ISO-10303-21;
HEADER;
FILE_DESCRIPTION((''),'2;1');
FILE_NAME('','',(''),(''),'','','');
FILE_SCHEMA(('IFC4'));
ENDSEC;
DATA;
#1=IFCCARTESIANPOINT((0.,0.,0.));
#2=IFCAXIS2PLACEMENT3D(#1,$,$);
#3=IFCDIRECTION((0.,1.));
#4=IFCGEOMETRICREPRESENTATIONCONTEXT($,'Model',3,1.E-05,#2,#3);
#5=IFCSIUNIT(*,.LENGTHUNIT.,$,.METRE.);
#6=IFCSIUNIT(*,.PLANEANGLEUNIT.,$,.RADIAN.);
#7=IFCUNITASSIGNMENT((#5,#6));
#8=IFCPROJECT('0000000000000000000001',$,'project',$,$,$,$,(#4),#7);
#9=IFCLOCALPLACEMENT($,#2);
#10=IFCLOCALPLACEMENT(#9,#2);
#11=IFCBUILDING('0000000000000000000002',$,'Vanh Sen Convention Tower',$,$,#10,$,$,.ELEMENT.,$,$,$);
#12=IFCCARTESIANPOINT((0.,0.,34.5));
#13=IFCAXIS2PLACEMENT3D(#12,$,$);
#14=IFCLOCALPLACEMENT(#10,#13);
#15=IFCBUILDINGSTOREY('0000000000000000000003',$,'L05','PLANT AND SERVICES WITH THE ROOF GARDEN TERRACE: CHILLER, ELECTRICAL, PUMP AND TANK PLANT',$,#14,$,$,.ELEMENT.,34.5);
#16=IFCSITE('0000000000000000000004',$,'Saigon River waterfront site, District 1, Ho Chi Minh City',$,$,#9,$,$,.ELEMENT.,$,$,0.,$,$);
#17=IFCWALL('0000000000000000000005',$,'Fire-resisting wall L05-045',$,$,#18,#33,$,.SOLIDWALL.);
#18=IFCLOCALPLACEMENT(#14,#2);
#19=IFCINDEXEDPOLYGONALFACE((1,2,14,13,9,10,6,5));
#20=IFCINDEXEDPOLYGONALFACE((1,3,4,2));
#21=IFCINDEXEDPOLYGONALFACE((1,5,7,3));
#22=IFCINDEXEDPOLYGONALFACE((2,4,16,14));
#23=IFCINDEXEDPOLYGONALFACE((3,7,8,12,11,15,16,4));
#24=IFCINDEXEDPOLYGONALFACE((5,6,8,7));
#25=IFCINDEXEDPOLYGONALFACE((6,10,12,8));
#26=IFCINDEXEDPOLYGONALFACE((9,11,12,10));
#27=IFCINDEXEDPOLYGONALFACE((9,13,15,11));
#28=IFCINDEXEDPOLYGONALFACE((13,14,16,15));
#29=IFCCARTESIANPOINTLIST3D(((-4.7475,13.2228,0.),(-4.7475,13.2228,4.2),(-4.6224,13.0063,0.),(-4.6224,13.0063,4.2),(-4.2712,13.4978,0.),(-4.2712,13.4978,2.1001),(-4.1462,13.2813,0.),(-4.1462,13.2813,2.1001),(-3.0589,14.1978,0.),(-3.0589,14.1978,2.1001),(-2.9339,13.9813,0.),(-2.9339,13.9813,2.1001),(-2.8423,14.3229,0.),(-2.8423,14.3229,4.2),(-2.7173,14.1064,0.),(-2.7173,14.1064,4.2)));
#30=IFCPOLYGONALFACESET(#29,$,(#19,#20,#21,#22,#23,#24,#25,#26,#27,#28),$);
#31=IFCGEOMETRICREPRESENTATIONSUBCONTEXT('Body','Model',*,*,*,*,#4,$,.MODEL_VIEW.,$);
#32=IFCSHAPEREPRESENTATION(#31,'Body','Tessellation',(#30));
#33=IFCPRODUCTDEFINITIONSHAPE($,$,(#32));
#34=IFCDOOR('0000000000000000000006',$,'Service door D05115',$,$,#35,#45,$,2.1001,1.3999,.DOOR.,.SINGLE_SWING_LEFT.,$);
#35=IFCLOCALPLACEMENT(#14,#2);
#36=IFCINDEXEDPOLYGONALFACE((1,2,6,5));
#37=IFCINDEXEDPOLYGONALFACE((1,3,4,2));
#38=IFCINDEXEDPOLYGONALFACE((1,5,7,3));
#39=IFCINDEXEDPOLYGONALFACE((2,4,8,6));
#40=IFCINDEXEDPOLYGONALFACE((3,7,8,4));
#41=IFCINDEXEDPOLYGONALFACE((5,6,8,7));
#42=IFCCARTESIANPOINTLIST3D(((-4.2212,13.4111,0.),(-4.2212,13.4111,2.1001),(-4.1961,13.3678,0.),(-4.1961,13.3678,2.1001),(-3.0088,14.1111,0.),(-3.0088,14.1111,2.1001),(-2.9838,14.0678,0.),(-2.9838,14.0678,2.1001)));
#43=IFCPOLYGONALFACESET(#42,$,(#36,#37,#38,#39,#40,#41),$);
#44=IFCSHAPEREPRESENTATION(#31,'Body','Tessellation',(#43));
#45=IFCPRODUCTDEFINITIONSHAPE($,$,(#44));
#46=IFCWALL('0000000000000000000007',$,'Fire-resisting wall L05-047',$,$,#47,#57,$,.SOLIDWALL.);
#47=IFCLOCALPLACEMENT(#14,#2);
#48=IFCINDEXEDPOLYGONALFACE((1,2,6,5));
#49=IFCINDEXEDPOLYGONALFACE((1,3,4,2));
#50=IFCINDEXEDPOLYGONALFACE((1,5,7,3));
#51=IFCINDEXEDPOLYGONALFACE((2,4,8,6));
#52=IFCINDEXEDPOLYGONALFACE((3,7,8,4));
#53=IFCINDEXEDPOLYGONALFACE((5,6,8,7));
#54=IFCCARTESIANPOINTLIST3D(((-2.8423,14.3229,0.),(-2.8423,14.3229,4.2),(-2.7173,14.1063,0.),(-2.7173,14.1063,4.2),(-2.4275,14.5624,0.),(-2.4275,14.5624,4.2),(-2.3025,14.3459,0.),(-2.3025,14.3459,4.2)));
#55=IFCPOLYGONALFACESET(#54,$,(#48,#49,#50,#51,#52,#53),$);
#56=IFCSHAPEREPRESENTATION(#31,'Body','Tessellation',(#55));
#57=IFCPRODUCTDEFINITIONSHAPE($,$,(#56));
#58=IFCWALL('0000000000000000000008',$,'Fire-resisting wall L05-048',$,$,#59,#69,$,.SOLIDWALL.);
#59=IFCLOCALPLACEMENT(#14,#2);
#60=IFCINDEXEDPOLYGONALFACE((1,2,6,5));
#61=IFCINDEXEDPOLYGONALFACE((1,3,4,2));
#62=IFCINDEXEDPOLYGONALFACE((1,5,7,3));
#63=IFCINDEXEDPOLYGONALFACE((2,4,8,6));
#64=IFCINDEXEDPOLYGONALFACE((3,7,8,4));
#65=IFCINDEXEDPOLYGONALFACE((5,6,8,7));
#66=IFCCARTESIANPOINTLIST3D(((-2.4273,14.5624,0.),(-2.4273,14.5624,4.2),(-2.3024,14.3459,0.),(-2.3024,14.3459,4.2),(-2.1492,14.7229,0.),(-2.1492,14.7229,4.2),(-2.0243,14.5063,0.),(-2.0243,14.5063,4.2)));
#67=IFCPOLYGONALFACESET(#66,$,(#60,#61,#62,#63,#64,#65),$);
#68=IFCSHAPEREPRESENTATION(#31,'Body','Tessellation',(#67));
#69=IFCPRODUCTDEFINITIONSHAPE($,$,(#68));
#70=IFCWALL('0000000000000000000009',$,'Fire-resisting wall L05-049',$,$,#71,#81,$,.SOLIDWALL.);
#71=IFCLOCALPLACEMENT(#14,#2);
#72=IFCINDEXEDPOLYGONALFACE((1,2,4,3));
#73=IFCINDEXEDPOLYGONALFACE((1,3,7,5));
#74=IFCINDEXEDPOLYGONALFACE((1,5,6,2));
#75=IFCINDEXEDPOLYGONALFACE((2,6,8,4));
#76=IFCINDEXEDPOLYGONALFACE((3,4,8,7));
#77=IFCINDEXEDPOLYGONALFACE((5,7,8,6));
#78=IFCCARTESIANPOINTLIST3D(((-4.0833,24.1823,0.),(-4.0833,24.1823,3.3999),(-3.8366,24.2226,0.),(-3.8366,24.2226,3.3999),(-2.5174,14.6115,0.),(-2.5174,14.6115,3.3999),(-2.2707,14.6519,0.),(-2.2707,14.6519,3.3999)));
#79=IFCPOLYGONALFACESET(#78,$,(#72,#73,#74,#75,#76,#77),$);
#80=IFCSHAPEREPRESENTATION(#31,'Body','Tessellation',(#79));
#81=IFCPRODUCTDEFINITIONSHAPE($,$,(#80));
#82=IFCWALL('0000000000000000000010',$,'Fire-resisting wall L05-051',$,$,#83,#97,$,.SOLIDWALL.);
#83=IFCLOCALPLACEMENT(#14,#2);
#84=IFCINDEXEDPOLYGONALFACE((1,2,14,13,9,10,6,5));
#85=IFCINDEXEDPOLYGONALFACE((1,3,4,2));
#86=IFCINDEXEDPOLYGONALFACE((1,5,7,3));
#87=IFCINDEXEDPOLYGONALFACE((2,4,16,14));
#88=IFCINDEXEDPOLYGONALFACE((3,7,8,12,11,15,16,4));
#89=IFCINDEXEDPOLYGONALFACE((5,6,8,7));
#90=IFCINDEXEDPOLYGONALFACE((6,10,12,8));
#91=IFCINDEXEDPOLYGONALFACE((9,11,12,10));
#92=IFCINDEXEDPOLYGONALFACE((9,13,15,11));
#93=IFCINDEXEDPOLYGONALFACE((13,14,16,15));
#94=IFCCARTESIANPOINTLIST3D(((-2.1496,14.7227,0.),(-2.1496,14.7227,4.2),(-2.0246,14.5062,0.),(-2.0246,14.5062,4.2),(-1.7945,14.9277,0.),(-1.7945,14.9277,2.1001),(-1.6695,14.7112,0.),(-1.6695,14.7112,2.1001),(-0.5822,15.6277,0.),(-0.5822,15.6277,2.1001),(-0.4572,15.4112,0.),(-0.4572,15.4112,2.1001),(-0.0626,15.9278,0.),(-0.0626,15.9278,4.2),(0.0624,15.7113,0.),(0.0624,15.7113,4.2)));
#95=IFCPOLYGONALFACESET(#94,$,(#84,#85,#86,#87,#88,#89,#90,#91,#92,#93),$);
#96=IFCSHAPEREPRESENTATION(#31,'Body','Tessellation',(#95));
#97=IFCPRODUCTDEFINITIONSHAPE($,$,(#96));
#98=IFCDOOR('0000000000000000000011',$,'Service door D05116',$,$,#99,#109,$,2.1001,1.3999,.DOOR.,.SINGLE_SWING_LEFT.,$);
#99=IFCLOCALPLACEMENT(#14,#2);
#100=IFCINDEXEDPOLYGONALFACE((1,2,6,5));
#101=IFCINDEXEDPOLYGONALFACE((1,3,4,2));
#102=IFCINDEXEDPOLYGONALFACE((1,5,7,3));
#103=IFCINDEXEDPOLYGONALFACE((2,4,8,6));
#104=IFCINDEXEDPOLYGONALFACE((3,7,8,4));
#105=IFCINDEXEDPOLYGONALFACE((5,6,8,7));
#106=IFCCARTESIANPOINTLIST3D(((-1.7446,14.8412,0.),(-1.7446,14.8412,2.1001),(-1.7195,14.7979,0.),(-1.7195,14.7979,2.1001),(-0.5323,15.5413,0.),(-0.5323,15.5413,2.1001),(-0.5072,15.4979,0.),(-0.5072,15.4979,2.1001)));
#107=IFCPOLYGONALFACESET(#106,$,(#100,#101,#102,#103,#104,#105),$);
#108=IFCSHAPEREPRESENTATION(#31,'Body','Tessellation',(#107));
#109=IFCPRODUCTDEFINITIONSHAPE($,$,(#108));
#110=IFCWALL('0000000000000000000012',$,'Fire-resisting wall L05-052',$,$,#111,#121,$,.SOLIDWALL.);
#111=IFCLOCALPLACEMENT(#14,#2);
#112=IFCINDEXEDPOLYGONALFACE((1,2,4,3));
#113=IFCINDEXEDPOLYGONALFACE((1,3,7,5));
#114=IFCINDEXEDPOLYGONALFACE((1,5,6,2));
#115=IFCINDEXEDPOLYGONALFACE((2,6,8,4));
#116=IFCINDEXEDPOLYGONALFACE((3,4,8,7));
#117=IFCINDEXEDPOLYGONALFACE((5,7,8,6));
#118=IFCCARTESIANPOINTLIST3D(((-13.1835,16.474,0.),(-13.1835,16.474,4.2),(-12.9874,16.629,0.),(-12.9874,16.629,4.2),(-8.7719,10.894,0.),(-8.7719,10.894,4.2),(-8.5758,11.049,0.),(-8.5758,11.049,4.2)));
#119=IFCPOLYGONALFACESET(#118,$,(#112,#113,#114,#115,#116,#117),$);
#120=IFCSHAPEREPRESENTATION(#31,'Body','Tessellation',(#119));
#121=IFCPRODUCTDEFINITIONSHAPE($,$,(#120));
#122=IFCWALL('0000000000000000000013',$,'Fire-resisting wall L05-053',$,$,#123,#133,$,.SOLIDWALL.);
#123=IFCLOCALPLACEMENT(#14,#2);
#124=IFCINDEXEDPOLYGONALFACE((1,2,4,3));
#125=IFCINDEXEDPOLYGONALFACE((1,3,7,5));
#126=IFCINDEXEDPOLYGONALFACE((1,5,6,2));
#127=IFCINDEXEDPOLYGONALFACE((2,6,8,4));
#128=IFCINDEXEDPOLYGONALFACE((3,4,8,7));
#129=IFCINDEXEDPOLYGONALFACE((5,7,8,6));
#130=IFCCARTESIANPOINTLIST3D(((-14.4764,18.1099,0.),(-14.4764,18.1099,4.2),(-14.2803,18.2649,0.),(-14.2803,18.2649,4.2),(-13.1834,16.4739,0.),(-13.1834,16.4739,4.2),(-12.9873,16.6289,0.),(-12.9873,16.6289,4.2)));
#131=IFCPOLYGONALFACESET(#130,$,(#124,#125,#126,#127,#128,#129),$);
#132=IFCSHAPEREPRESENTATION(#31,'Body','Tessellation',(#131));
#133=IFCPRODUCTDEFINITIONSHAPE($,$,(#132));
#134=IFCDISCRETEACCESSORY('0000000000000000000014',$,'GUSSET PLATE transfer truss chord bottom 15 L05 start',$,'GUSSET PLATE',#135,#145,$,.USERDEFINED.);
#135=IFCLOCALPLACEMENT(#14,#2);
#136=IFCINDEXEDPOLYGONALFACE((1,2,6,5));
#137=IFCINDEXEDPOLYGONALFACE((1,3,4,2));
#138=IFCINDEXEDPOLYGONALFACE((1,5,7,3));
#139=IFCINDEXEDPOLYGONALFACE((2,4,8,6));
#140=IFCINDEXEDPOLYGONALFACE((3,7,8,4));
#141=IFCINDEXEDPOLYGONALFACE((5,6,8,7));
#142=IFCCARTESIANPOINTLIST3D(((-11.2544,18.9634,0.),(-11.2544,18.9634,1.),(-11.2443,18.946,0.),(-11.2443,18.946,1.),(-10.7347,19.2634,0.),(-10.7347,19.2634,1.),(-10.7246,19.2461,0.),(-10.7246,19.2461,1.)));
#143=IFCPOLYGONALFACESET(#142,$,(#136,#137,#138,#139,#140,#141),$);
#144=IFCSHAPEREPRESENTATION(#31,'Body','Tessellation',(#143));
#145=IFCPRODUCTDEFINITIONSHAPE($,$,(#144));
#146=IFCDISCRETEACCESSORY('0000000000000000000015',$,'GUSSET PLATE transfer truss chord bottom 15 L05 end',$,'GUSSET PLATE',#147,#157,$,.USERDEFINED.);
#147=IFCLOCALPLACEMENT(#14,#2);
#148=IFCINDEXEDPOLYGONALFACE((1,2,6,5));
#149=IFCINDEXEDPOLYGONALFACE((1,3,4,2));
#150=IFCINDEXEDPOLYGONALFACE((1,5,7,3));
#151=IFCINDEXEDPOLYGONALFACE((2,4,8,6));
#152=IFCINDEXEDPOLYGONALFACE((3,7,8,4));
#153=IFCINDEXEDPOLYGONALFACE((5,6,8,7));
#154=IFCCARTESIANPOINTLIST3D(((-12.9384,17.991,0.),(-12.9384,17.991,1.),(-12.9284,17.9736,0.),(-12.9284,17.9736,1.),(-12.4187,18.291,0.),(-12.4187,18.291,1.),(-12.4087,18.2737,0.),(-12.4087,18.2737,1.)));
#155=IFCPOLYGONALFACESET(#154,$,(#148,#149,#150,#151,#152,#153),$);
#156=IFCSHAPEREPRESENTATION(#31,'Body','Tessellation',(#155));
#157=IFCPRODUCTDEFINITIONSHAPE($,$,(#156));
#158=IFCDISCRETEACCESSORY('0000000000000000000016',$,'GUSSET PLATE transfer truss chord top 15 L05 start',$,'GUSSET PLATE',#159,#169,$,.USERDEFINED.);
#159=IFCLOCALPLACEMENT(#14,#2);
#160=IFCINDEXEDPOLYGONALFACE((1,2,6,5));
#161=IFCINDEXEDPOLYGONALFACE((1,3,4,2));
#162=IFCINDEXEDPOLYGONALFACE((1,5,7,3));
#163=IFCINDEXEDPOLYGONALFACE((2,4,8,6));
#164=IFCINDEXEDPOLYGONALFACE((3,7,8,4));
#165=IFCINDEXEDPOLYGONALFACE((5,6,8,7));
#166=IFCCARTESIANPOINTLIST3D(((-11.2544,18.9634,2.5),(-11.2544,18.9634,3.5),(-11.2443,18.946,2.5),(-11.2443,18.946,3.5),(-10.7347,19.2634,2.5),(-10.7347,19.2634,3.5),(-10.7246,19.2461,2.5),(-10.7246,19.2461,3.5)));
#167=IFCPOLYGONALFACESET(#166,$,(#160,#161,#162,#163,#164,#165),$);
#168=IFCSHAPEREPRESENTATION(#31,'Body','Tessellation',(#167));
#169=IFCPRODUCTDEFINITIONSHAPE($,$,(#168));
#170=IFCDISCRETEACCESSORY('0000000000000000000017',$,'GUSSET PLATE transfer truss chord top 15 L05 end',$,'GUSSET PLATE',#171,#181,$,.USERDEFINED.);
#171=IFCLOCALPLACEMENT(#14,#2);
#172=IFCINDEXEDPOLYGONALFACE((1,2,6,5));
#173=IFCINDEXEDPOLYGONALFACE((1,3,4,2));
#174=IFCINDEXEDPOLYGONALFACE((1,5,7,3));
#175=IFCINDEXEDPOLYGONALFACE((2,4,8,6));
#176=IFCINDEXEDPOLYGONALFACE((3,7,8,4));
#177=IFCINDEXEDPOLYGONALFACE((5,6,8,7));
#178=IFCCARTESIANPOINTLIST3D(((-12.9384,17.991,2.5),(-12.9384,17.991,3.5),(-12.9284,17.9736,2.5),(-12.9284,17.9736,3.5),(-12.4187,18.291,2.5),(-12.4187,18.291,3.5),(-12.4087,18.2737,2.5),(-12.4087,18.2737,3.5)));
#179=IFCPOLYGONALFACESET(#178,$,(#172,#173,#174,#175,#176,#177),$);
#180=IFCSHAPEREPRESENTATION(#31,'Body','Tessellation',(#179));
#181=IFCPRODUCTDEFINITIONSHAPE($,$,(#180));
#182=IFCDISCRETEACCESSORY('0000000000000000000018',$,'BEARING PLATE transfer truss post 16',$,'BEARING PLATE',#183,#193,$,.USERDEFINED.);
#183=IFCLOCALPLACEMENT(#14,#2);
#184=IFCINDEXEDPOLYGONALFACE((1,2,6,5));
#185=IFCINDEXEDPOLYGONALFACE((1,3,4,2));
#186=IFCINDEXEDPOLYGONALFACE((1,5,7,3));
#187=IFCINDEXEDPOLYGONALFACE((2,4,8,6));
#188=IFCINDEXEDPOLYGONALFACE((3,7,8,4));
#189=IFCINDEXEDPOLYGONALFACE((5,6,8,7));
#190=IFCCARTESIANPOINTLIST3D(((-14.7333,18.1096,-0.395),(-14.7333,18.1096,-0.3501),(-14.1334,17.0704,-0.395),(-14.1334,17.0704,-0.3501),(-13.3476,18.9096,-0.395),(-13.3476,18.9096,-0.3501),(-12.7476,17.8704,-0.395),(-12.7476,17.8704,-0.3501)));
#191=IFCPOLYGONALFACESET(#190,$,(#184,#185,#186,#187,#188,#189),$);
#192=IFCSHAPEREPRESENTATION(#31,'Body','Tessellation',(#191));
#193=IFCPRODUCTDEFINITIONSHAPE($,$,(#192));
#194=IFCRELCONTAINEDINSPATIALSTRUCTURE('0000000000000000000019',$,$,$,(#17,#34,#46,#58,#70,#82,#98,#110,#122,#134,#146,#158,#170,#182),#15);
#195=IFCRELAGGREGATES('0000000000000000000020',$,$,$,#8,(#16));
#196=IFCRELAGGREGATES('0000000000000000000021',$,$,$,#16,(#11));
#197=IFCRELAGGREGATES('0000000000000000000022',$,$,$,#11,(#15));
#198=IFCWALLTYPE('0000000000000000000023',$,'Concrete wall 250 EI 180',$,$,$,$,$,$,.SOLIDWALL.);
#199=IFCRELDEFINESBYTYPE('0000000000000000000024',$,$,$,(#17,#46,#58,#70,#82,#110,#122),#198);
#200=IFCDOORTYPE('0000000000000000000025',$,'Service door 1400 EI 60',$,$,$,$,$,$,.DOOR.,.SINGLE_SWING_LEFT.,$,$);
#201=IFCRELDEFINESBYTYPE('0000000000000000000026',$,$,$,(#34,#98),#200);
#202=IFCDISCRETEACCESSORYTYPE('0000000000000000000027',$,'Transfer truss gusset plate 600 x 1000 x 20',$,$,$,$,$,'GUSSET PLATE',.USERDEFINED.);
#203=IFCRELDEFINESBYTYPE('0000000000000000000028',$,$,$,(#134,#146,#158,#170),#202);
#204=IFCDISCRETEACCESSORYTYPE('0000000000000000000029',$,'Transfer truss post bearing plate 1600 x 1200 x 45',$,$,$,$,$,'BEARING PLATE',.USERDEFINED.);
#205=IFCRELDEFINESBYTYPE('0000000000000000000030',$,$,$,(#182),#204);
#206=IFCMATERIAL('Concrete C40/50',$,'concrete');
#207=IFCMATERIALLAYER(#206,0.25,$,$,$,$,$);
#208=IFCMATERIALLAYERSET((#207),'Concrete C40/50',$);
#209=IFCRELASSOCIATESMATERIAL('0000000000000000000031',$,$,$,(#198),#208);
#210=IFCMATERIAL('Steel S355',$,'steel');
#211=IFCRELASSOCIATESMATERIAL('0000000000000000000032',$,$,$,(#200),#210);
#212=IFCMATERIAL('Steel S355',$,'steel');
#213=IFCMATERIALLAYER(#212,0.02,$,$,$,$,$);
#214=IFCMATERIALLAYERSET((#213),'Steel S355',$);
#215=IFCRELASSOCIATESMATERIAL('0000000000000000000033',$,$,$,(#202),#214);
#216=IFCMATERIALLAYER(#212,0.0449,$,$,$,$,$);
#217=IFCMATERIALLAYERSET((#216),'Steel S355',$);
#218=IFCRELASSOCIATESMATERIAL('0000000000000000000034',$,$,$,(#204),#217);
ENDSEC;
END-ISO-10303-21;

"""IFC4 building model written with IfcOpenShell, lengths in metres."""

from ifc_helpers import new_model, si_unit, direction, frame, frame_2d, origin, origin_2d, place, context, subcontext, project, spatial, rectangle, extrude, material, layer, layer_set, type_object, element, fill, save


model = new_model("IFC4")

# Units and contexts
model_context = context("Model", 3, precision=1e-05, world=origin(), true_north=direction((0.0, 1.0)))
body_context = subcontext(model_context, "Body", "Model", "MODEL_VIEW")
ifc_project = project(units=[si_unit("LENGTHUNIT", "METRE"), si_unit("PLANEANGLEUNIT", "RADIAN")], contexts=[model_context])

# Site, building, storey
site_placement = place(None, origin())
site = spatial("IfcSite", under=ifc_project, at=site_placement, Name="Saigon River waterfront site, District 1, Ho Chi Minh City", CompositionType="ELEMENT", RefElevation=0.0)
building_placement = place(site_placement, origin())
building = spatial("IfcBuilding", under=site, at=building_placement, Name="Vanh Sen Convention Tower", CompositionType="ELEMENT")
storey_placement = place(building_placement, frame((0.0, 0.0, 34.5)))
storey = spatial("IfcBuildingStorey", under=building, at=storey_placement, Name="L05", Description="PLANT AND SERVICES WITH THE ROOF GARDEN TERRACE: CHILLER, ELECTRICAL, PUMP AND TANK PLANT", CompositionType="ELEMENT", Elevation=34.5)

# Shared definitions
ifc_material_1 = material(Name="Steel S355", Category="steel")

# Shared definitions
ifc_material_2 = material(Name="Concrete C40/50", Category="concrete")
ifc_layer_1 = layer(ifc_material_2, 0.25)
ifc_layer_set_1 = layer_set([ifc_layer_1], Name="Concrete C40/50")
wall_type = type_object("IfcWallType", Name="Concrete wall 250 EI 180", PredefinedType="SOLIDWALL", material=ifc_layer_set_1)

# Shared definitions
ifc_material_3 = material(Name="Steel S355", Category="steel")
door_type = type_object("IfcDoorType", Name="Service door 1400 EI 60", OperationType="SINGLE_SWING_LEFT", PredefinedType="DOOR", material=ifc_material_3)

# Wall, opening, door
wall_1_placement = place(storey_placement, frame((-4.6851, 13.1145, 0.0), z_axis=(0.0, 0.0, 1.0), x_axis=(0.866008, 0.50003, 0.0)))
wall_1 = element("IfcWall", 1, at=wall_1_placement, inside=storey, type_object=wall_type, Name="Fire-resisting wall L05-045", PredefinedType="SOLIDWALL", context=body_context, shape_type="SweptSolid", body=[
    extrude(rectangle(XDim=2.2, YDim=0.25, at=frame_2d((1.1001, 0.0))), origin(), (0.0, 0.0, 1.0), 4.2),
])
opening_1_placement = place(wall_1_placement, frame((0.55, 0.0, 0.0)))
opening_1 = element("IfcOpeningElement", 2, at=opening_1_placement, cuts=wall_1, PredefinedType="OPENING", context=body_context, shape_type="SweptSolid", body=[
    extrude(rectangle(XDim=1.3999, YDim=2.1001, at=frame_2d((0.7, 1.05))), frame((0.0, 0.135, 0.0), z_axis=(0.0, -1.0, 0.0), x_axis=(1.0, 0.0, 0.0)), (0.0, 0.0, 1.0), 0.27),
])
door_1_placement = place(opening_1_placement, origin())
door_1 = element("IfcDoor", 3, at=door_1_placement, inside=storey, type_object=door_type, Name="Service door D05115", OperationType="SINGLE_SWING_LEFT", OverallHeight=2.1001, OverallWidth=1.3999, PredefinedType="DOOR", context=body_context, shape_type="SweptSolid", body=[
    extrude(rectangle(XDim=1.3999, YDim=2.1001, at=frame_2d((0.7, 1.05))), frame((0.0, 0.0249, 0.0), z_axis=(0.0, -1.0, 0.0), x_axis=(1.0, 0.0, 0.0)), (0.0, 0.0, 1.0), 0.05),
])
fill(opening_1, door_1)

# Walls
wall_2_placement = place(storey_placement, frame((-2.7798, 14.2146, 0.0), z_axis=(0.0, 0.0, 1.0), x_axis=(0.866007, 0.500031, 0.0)))
element("IfcWall", 4, at=wall_2_placement, inside=storey, type_object=wall_type, Name="Fire-resisting wall L05-047", PredefinedType="SOLIDWALL", context=body_context, shape_type="SweptSolid", body=[
    extrude(rectangle(XDim=0.479, YDim=0.25, at=frame_2d((0.2395, 0.0))), origin(), (0.0, 0.0, 1.0), 4.2),
])
wall_3_placement = place(storey_placement, frame((-2.365, 14.4541, 0.0), z_axis=(0.0, 0.0, 1.0), x_axis=(0.866224, 0.499657, 0.0)))
element("IfcWall", 5, at=wall_3_placement, inside=storey, type_object=wall_type, Name="Fire-resisting wall L05-048", PredefinedType="SOLIDWALL", context=body_context, shape_type="SweptSolid", body=[
    extrude(rectangle(XDim=0.321, YDim=0.25, at=frame_2d((0.1606, 0.0))), origin(), (0.0, 0.0, 1.0), 4.2),
])
wall_4_placement = place(storey_placement, frame((-2.394, 14.6316, 0.0), z_axis=(0.0, 0.0, 1.0), x_axis=(-0.161467, 0.986878, 0.0)))
element("IfcWall", 6, at=wall_4_placement, inside=storey, type_object=wall_type, Name="Fire-resisting wall L05-049", PredefinedType="SOLIDWALL", context=body_context, shape_type="SweptSolid", body=[
    extrude(rectangle(XDim=9.698, YDim=0.25, at=frame_2d((4.8491, 0.0))), origin(), (0.0, 0.0, 1.0), 3.3999),
])

# Wall, opening, door
wall_5_placement = place(storey_placement, frame((0.0, 15.8196, 0.0), z_axis=(0.0, 0.0, 1.0), x_axis=(-0.86599, -0.500062, 0.0)))
wall_5 = element("IfcWall", 7, at=wall_5_placement, inside=storey, type_object=wall_type, Name="Fire-resisting wall L05-051", PredefinedType="SOLIDWALL", context=body_context, shape_type="SweptSolid", body=[
    extrude(rectangle(XDim=2.4099, YDim=0.25, at=frame_2d((1.2051, 0.0))), origin(), (0.0, 0.0, 1.0), 4.2),
])
opening_2_placement = place(wall_5_placement, frame((0.6001, 0.0, 0.0)))
opening_2 = element("IfcOpeningElement", 8, at=opening_2_placement, cuts=wall_5, PredefinedType="OPENING", context=body_context, shape_type="SweptSolid", body=[
    extrude(rectangle(XDim=1.3999, YDim=2.1001, at=frame_2d((0.7, 1.05))), frame((0.0, 0.135, 0.0), z_axis=(0.0, -1.0, 0.0), x_axis=(1.0, 0.0, 0.0)), (0.0, 0.0, 1.0), 0.27),
])
door_2_placement = place(opening_2_placement, origin())
door_2 = element("IfcDoor", 9, at=door_2_placement, inside=storey, type_object=door_type, Name="Service door D05116", OperationType="SINGLE_SWING_LEFT", OverallHeight=2.1001, OverallWidth=1.3999, PredefinedType="DOOR", context=body_context, shape_type="SweptSolid", body=[
    extrude(rectangle(XDim=1.3999, YDim=2.1001, at=frame_2d((0.7, 1.05))), frame((0.0, 0.0249, 0.0), z_axis=(0.0, -1.0, 0.0), x_axis=(1.0, 0.0, 0.0)), (0.0, 0.0, 1.0), 0.05),
])
fill(opening_2, door_2)

# Walls
wall_6_placement = place(storey_placement, frame((-13.0854, 16.5515, 0.0), z_axis=(0.0, 0.0, 1.0), x_axis=(0.620189, -0.784452, 0.0)))
element("IfcWall", 10, at=wall_6_placement, inside=storey, type_object=wall_type, Name="Fire-resisting wall L05-052", PredefinedType="SOLIDWALL", context=body_context, shape_type="SweptSolid", body=[
    extrude(rectangle(XDim=7.1133, YDim=0.25, at=frame_2d((3.5566, 0.0))), origin(), (0.0, 0.0, 1.0), 4.2),
])
wall_7_placement = place(storey_placement, frame((-13.0854, 16.5515, 0.0), z_axis=(0.0, 0.0, 1.0), x_axis=(-0.620058, 0.784556, 0.0)))
element("IfcWall", 11, at=wall_7_placement, inside=storey, type_object=wall_type, Name="Fire-resisting wall L05-053", PredefinedType="SOLIDWALL", context=body_context, shape_type="SweptSolid", body=[
    extrude(rectangle(XDim=2.0852, YDim=0.25, at=frame_2d((1.0425, 0.0))), origin(), (0.0, 0.0, 1.0), 4.2),
])

# Discrete accessories
ifc_layer_2 = layer(ifc_material_1, 0.02)
ifc_layer_set_2 = layer_set([ifc_layer_2], Name="Steel S355")
discrete_accessory_type_1 = type_object("IfcDiscreteAccessoryType", Name="Transfer truss gusset plate 600 x 1000 x 20", ElementType="GUSSET PLATE", PredefinedType="USERDEFINED", material=ifc_layer_set_2)
for number, where, z_axis, x_axis, name in (
    (12, (-10.9895, 19.1047, 0.0), (0.0, 0.0, 1.0), (-0.866028, -0.499995, 0.0), "GUSSET PLATE transfer truss chord bottom 15 L05 start"),
    (13, (-12.6736, 18.1323, 0.0), (0.0, 0.0, 1.0), (0.866028, 0.499995, 0.0), "GUSSET PLATE transfer truss chord bottom 15 L05 end"),
    (14, (-10.9895, 19.1047, 2.5), (0.0, 0.0, 1.0), (-0.866028, -0.499995, 0.0), "GUSSET PLATE transfer truss chord top 15 L05 start"),
    (15, (-12.6736, 18.1323, 2.5), (0.0, 0.0, 1.0), (0.866028, 0.499995, 0.0), "GUSSET PLATE transfer truss chord top 15 L05 end"),
):
    element("IfcDiscreteAccessory", number, at=place(storey_placement, frame(where, z_axis=z_axis, x_axis=x_axis)), inside=storey, type_object=discrete_accessory_type_1, Name=name, ObjectType="GUSSET PLATE", PredefinedType="USERDEFINED", context=body_context, shape_type="SweptSolid", body=[
        extrude(rectangle(XDim=0.6001, YDim=0.02, at=origin_2d()), origin(), (0.0, 0.0, 1.0), 1.0),
    ])
ifc_layer_3 = layer(ifc_material_1, 0.0449)
ifc_layer_set_3 = layer_set([ifc_layer_3], Name="Steel S355")
discrete_accessory_type_2 = type_object("IfcDiscreteAccessoryType", Name="Transfer truss post bearing plate 1600 x 1200 x 45", ElementType="BEARING PLATE", PredefinedType="USERDEFINED", material=ifc_layer_set_3)
discrete_accessory_placement = place(storey_placement, frame((-13.7405, 17.99, -0.395), z_axis=(0.0, 0.0, 1.0), x_axis=(-0.866025, -0.5, 0.0)))
element("IfcDiscreteAccessory", 16, at=discrete_accessory_placement, inside=storey, type_object=discrete_accessory_type_2, Name="BEARING PLATE transfer truss post 16", ObjectType="BEARING PLATE", PredefinedType="USERDEFINED", context=body_context, shape_type="SweptSolid", body=[
    extrude(rectangle(XDim=1.6001, YDim=1.2, at=origin_2d()), origin(), (0.0, 0.0, 1.0), 0.0449),
])

save(model, "model.ifc")
